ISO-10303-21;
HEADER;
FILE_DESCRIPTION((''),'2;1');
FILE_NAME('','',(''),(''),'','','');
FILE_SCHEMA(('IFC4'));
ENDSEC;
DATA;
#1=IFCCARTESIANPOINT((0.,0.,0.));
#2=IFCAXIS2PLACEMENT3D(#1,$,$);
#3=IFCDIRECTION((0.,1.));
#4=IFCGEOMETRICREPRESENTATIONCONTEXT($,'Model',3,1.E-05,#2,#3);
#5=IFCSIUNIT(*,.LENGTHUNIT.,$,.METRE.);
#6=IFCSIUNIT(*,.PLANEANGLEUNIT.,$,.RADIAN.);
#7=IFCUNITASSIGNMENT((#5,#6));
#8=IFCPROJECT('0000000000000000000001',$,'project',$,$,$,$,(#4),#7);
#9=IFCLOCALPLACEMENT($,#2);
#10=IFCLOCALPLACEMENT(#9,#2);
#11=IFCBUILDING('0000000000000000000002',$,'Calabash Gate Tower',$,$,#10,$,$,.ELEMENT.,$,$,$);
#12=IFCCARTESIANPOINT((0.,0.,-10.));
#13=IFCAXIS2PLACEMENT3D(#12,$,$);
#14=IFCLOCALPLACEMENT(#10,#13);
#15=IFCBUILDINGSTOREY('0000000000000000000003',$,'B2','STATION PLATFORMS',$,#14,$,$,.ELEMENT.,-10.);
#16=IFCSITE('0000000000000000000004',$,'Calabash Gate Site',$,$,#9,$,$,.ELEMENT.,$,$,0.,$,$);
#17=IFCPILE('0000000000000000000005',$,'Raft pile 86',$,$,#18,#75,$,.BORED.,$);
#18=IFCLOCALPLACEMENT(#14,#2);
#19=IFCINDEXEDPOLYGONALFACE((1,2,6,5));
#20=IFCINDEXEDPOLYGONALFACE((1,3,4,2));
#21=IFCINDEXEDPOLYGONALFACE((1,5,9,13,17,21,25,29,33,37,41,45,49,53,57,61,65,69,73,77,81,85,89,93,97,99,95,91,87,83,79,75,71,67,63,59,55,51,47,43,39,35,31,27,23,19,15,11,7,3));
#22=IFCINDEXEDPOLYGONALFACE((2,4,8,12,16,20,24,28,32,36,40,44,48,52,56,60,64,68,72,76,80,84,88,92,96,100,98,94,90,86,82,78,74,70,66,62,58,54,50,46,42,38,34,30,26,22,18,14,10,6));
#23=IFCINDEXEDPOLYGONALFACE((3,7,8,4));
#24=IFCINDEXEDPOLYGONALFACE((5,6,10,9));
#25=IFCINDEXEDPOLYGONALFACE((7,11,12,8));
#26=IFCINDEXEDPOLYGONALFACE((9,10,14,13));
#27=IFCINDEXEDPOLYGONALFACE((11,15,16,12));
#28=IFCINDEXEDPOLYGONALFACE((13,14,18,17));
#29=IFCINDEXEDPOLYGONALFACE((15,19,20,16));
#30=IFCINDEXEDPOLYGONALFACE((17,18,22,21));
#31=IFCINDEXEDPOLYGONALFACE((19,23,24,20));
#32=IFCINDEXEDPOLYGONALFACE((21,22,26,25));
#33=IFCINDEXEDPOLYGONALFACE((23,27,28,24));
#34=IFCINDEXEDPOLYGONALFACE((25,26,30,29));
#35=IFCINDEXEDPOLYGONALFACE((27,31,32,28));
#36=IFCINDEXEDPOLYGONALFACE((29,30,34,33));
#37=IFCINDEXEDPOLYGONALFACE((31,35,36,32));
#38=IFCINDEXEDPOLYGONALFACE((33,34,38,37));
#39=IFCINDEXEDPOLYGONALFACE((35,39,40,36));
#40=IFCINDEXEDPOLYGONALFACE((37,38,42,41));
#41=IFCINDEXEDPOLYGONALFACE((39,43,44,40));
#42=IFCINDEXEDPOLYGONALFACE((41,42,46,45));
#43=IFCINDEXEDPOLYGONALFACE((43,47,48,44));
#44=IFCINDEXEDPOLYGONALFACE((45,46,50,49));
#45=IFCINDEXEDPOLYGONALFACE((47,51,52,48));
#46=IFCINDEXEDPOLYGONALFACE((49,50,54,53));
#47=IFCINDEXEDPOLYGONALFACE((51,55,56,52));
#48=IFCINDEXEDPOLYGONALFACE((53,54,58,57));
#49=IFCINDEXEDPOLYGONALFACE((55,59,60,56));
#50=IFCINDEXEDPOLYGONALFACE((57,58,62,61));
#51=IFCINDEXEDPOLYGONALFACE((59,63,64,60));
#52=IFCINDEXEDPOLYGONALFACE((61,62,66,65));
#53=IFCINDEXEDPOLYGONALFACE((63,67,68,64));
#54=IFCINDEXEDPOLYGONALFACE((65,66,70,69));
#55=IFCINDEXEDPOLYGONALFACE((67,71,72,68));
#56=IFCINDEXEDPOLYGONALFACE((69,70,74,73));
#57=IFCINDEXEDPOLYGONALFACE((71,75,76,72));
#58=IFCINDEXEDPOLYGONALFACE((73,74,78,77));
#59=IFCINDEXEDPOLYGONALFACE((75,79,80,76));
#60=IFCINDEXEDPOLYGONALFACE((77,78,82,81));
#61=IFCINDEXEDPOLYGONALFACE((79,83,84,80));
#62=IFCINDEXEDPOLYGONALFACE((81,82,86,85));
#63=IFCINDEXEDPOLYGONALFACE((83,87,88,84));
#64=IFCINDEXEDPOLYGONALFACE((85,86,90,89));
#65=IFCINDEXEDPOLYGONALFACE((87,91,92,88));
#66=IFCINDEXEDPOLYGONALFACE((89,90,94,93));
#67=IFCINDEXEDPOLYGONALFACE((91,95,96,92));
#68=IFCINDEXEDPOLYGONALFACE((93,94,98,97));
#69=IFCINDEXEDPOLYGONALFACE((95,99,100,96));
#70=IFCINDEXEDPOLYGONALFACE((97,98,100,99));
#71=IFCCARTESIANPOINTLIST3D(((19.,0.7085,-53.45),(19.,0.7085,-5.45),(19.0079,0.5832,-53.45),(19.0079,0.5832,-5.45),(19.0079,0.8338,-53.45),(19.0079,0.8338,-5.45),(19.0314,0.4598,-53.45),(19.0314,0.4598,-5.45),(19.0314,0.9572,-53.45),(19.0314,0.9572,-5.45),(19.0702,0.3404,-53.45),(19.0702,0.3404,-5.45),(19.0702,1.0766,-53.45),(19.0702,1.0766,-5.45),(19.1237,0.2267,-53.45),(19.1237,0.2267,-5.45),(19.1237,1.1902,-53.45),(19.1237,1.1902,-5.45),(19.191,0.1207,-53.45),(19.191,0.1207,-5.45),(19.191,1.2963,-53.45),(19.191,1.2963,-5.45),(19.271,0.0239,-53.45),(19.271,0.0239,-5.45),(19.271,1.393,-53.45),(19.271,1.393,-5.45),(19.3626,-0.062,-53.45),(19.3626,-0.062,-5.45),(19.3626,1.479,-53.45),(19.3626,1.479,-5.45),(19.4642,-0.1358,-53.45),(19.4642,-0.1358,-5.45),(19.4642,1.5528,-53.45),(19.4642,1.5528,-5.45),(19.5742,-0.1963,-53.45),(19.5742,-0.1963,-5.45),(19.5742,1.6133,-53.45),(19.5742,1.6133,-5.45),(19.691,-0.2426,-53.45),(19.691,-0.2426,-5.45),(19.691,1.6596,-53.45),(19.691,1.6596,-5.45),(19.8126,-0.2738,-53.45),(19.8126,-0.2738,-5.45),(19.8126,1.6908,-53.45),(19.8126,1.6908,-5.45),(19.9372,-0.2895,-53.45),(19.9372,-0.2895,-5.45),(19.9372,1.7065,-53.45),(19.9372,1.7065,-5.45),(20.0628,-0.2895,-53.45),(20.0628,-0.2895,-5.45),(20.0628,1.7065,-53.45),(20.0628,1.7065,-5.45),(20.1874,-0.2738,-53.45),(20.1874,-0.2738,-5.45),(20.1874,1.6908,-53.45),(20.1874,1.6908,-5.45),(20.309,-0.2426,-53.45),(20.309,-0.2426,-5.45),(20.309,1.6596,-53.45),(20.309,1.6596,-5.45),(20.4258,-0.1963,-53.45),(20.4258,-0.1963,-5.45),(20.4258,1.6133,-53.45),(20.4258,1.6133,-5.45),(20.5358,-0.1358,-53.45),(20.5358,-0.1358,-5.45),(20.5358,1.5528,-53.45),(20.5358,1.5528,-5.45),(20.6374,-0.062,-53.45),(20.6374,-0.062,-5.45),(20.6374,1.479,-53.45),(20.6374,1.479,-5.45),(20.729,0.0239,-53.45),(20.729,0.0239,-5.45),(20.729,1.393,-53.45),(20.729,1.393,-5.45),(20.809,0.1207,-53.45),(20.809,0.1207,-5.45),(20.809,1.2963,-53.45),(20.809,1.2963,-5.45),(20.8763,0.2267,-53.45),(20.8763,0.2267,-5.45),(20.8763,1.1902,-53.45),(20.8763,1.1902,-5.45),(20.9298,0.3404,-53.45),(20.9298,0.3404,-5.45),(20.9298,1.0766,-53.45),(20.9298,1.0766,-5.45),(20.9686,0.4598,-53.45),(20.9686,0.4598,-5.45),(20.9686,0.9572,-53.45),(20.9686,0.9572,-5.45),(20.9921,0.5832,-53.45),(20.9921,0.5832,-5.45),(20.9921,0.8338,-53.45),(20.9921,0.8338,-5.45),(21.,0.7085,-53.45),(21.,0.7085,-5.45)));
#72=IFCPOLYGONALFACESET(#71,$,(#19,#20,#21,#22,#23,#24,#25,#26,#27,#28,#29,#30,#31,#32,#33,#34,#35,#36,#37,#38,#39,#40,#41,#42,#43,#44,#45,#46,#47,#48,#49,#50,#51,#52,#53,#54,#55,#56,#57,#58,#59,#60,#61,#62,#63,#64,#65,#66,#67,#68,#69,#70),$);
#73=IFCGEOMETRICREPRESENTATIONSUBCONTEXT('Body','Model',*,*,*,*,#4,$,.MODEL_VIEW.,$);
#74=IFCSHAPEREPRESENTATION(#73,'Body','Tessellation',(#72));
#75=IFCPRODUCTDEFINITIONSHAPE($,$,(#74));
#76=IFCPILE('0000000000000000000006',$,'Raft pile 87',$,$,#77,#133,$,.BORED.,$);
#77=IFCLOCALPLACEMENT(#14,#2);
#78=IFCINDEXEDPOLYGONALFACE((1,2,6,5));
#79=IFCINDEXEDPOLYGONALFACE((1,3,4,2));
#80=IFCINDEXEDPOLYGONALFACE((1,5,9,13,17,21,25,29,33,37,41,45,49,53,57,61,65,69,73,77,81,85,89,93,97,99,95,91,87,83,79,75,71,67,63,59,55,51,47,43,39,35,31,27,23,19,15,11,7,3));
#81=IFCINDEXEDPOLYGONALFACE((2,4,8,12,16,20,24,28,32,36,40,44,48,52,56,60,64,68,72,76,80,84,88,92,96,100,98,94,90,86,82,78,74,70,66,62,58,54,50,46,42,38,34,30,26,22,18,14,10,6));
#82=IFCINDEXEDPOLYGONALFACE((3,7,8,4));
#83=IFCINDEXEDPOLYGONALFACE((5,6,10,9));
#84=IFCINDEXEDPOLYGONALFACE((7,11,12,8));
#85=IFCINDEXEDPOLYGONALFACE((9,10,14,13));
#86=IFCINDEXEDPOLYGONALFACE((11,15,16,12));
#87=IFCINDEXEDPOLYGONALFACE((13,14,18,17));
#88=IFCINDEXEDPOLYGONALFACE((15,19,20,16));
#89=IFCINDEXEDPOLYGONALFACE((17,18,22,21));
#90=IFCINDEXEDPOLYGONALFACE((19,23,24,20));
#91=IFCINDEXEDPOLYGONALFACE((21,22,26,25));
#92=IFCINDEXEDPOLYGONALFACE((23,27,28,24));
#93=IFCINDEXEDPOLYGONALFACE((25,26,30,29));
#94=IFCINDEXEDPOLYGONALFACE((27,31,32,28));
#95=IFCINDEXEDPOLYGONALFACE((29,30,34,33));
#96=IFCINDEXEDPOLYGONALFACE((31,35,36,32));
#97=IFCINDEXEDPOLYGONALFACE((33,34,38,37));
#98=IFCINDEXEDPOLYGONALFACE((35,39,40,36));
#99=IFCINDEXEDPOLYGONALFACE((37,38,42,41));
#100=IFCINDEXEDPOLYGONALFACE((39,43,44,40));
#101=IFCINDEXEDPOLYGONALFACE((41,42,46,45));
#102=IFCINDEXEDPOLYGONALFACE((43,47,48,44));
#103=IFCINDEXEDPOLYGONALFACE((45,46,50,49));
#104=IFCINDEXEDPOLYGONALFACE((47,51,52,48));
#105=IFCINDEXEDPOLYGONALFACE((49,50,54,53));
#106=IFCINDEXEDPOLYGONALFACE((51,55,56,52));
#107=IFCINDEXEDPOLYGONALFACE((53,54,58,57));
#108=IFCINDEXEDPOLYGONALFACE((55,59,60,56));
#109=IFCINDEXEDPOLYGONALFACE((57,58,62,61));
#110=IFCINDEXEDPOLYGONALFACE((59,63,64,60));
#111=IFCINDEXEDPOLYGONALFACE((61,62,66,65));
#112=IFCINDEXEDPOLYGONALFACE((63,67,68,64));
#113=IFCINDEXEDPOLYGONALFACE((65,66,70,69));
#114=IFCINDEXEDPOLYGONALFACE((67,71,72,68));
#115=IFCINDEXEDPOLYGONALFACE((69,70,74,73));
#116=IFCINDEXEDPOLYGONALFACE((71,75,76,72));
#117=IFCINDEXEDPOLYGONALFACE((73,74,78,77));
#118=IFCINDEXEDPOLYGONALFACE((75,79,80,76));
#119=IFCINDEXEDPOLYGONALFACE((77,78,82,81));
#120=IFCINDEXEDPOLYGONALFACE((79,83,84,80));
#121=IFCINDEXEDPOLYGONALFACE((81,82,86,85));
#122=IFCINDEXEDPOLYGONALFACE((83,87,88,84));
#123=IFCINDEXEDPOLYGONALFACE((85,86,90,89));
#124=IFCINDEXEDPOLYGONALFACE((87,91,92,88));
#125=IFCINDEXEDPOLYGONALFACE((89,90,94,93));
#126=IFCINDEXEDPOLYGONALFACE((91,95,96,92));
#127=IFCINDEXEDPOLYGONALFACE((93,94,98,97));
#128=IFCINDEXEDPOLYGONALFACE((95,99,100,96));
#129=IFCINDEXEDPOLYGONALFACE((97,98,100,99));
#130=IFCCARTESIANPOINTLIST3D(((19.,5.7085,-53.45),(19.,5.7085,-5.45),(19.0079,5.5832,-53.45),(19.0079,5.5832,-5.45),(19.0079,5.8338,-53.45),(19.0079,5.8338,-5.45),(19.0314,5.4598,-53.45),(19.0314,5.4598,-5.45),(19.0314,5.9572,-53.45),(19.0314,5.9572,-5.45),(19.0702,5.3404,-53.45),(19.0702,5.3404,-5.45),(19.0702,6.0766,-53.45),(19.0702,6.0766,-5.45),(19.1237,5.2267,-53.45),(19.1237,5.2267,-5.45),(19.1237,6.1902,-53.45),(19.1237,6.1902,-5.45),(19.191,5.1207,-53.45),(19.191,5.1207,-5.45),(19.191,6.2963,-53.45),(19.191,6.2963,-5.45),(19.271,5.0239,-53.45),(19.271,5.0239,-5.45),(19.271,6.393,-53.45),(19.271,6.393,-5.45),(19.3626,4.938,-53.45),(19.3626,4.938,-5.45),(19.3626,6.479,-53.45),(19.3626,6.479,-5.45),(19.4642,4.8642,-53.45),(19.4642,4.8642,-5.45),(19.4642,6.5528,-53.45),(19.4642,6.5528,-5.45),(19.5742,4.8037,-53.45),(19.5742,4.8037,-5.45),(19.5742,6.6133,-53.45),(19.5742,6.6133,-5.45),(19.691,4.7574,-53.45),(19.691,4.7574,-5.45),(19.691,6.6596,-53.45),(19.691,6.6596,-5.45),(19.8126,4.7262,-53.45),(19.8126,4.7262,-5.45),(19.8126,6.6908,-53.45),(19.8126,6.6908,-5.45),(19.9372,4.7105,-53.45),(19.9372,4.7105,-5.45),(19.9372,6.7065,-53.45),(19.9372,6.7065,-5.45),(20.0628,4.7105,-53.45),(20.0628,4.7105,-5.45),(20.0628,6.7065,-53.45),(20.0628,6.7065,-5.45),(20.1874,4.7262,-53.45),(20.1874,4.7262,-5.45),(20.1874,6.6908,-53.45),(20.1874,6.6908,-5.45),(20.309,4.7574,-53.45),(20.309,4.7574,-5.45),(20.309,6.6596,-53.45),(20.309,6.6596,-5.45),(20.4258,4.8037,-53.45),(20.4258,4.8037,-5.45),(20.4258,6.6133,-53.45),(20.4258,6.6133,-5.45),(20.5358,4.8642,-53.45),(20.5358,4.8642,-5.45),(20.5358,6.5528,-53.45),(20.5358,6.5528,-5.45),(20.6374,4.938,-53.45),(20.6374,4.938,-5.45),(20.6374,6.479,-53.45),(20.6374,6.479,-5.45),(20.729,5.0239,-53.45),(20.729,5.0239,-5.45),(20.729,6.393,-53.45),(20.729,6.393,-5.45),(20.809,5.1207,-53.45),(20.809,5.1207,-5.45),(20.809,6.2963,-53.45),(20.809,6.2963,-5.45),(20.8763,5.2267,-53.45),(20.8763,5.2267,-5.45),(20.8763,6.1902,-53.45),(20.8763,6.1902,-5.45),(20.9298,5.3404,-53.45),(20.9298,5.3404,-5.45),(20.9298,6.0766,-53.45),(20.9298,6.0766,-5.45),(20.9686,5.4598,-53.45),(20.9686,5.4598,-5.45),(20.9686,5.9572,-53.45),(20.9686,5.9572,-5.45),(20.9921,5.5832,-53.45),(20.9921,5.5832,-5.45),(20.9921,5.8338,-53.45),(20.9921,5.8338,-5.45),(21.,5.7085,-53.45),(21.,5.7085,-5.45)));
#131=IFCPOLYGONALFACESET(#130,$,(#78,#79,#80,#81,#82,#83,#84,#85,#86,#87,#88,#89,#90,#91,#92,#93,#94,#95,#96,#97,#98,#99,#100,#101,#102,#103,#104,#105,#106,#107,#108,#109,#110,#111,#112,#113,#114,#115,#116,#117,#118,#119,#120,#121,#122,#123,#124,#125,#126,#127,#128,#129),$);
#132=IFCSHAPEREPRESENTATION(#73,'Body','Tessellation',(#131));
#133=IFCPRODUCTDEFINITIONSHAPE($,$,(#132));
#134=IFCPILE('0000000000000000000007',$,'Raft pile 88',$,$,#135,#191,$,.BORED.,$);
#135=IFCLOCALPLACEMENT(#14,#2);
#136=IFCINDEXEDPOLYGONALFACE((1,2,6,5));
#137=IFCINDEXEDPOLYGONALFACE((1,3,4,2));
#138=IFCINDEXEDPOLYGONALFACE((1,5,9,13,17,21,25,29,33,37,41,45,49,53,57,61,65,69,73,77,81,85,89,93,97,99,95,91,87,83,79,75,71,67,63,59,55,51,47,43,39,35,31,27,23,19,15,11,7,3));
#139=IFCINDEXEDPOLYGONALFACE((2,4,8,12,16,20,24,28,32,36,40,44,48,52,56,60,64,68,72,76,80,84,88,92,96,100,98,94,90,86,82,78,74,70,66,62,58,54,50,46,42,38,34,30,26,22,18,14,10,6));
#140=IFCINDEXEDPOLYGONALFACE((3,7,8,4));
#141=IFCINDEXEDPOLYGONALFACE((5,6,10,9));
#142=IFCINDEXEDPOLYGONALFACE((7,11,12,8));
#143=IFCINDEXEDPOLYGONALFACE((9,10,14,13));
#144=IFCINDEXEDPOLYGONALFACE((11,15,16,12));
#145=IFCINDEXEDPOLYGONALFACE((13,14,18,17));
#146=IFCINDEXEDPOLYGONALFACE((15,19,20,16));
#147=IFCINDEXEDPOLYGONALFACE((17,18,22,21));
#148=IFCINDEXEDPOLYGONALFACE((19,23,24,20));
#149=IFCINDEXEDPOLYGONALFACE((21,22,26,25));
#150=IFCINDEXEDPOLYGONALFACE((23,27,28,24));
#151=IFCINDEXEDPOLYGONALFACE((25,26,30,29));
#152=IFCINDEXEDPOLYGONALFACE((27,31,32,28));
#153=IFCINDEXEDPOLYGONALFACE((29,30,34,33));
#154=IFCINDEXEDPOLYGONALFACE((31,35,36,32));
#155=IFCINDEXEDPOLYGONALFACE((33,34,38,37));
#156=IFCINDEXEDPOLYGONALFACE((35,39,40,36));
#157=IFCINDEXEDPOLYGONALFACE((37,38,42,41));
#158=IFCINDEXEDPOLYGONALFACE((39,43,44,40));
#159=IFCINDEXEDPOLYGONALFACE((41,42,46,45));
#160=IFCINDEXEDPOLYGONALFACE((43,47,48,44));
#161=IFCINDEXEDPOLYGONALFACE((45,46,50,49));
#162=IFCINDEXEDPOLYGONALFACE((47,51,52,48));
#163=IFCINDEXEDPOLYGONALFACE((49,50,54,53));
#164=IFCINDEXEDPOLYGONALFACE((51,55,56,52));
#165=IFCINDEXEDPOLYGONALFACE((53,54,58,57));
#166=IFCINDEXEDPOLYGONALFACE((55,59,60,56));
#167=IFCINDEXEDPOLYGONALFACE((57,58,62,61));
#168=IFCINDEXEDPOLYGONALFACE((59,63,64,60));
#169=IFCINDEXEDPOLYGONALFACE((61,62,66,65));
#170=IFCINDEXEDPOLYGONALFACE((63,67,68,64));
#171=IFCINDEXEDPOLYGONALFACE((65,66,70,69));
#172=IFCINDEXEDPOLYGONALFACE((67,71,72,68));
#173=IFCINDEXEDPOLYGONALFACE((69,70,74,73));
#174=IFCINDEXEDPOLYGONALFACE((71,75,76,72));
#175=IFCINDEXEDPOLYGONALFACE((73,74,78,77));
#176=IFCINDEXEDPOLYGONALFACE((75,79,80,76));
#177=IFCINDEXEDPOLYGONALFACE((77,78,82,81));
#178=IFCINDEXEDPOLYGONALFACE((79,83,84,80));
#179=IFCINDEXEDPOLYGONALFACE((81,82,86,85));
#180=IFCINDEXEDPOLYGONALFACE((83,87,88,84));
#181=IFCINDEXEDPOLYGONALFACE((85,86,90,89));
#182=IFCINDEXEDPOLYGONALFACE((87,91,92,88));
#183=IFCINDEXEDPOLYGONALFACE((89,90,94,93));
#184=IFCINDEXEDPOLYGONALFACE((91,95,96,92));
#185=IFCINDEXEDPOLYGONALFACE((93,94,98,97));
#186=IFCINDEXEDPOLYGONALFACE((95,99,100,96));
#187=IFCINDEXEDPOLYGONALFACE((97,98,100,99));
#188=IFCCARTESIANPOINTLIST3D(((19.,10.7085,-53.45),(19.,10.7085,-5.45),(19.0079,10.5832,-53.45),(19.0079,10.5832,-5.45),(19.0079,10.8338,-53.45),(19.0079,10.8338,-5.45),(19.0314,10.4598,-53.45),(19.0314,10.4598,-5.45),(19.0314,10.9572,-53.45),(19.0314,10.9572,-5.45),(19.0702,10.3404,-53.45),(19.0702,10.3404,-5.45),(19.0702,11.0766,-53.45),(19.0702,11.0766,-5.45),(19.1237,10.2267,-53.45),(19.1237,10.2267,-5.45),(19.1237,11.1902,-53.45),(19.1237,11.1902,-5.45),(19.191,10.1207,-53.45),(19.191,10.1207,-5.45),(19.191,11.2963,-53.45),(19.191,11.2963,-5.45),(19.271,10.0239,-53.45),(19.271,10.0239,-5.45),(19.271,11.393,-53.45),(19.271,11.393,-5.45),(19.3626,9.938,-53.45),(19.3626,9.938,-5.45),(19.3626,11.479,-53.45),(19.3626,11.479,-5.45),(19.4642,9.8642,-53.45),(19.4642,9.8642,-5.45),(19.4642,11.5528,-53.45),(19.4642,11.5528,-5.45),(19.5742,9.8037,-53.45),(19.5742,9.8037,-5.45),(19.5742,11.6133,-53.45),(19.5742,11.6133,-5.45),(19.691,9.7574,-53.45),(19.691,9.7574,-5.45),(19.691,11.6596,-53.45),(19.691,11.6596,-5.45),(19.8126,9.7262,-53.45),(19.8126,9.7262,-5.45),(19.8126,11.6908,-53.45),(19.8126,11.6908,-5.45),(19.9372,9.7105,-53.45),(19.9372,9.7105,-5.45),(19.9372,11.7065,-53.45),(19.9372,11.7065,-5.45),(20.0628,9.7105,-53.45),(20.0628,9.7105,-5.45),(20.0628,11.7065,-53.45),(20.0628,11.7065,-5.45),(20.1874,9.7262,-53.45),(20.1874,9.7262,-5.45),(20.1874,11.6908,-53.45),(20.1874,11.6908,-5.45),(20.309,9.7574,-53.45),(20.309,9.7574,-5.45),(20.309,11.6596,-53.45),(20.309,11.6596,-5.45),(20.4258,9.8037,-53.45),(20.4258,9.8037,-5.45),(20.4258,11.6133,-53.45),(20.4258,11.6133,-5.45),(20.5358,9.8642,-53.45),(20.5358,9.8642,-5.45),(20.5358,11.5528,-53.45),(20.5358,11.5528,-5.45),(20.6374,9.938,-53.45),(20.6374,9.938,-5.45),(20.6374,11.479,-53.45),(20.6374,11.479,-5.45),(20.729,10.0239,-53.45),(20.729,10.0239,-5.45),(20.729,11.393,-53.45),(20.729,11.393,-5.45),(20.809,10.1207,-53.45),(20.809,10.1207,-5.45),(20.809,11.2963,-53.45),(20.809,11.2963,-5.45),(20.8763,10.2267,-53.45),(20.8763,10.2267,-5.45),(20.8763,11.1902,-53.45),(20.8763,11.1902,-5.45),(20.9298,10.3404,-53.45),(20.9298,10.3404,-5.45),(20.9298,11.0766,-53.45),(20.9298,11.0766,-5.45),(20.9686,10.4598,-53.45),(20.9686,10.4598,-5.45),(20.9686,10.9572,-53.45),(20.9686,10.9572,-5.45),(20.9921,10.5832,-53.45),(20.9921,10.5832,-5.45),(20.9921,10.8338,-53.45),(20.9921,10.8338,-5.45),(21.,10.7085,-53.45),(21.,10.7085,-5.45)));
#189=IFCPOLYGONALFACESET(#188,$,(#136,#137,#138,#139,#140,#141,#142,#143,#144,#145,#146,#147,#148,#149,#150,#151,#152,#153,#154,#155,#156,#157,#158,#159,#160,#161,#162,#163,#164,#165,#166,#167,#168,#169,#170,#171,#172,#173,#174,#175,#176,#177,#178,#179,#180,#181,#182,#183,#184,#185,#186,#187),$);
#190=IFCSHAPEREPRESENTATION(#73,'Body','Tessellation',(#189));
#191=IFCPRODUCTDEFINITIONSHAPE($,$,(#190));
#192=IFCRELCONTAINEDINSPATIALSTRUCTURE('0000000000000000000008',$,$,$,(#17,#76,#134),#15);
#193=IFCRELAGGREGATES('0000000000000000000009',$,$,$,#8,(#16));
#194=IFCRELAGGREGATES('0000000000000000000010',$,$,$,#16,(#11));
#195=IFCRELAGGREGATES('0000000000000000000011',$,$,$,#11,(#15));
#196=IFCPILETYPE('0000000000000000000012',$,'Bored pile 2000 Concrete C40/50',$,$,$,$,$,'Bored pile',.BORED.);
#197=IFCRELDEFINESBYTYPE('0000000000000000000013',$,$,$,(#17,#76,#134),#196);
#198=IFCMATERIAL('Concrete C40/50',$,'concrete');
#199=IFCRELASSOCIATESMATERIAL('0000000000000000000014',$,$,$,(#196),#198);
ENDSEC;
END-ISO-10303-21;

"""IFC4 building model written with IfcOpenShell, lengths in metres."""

from ifc_helpers import new_model, si_unit, direction, frame, origin, origin_2d, place, context, subcontext, project, spatial, circle, extrude, material, material_profile, profile_set, type_object, element, save


model = new_model("IFC4")

# Units and contexts
model_context = context("Model", 3, precision=1e-05, world=origin(), true_north=direction((0.0, 1.0)))
body_context = subcontext(model_context, "Body", "Model", "MODEL_VIEW")
ifc_project = project(units=[si_unit("LENGTHUNIT", "METRE"), si_unit("PLANEANGLEUNIT", "RADIAN")], contexts=[model_context])

# Site, building, storey
site_placement = place(None, origin())
site = spatial("IfcSite", under=ifc_project, at=site_placement, Name="Calabash Gate Site", CompositionType="ELEMENT", RefElevation=0.0)
building_placement = place(site_placement, origin())
building = spatial("IfcBuilding", under=site, at=building_placement, Name="Calabash Gate Tower", CompositionType="ELEMENT")
storey_placement = place(building_placement, frame((0.0, 0.0, -10.0)))
storey = spatial("IfcBuildingStorey", under=building, at=storey_placement, Name="B2", Description="STATION PLATFORMS", CompositionType="ELEMENT", Elevation=-10.0)

# Piles
ifc_material_1 = material(Name="Concrete C40/50", Category="concrete")
ifc_material_profile_1 = material_profile(ifc_material_1, circle(Radius=1.0, at=origin_2d()))
ifc_profile_set_1 = profile_set([ifc_material_profile_1], Name="Concrete C40/50")
pile_type = type_object("IfcPileType", Name="Bored pile 2000 Concrete C40/50", ElementType="Bored pile", PredefinedType="BORED", material=ifc_profile_set_1)
for number, where, z_axis, x_axis, name in (
    (1, (20.0, 0.7085, -5.45), (0.0, 0.0, -1.0), (1.0, 0.0, 0.0), "Raft pile 86"),
    (2, (20.0, 5.7085, -5.45), (0.0, 0.0, -1.0), (1.0, 0.0, 0.0), "Raft pile 87"),
    (3, (20.0, 10.7085, -5.45), (0.0, 0.0, -1.0), (1.0, 0.0, 0.0), "Raft pile 88"),
):
    element("IfcPile", number, at=place(storey_placement, frame(where, z_axis=z_axis, x_axis=x_axis)), inside=storey, type_object=pile_type, Name=name, PredefinedType="BORED", context=body_context, shape_type="SweptSolid", body=[
        extrude(circle(Radius=1.0, at=origin_2d()), origin(), (0.0, 0.0, 1.0), 48.0),
    ])

save(model, "model.ifc")
